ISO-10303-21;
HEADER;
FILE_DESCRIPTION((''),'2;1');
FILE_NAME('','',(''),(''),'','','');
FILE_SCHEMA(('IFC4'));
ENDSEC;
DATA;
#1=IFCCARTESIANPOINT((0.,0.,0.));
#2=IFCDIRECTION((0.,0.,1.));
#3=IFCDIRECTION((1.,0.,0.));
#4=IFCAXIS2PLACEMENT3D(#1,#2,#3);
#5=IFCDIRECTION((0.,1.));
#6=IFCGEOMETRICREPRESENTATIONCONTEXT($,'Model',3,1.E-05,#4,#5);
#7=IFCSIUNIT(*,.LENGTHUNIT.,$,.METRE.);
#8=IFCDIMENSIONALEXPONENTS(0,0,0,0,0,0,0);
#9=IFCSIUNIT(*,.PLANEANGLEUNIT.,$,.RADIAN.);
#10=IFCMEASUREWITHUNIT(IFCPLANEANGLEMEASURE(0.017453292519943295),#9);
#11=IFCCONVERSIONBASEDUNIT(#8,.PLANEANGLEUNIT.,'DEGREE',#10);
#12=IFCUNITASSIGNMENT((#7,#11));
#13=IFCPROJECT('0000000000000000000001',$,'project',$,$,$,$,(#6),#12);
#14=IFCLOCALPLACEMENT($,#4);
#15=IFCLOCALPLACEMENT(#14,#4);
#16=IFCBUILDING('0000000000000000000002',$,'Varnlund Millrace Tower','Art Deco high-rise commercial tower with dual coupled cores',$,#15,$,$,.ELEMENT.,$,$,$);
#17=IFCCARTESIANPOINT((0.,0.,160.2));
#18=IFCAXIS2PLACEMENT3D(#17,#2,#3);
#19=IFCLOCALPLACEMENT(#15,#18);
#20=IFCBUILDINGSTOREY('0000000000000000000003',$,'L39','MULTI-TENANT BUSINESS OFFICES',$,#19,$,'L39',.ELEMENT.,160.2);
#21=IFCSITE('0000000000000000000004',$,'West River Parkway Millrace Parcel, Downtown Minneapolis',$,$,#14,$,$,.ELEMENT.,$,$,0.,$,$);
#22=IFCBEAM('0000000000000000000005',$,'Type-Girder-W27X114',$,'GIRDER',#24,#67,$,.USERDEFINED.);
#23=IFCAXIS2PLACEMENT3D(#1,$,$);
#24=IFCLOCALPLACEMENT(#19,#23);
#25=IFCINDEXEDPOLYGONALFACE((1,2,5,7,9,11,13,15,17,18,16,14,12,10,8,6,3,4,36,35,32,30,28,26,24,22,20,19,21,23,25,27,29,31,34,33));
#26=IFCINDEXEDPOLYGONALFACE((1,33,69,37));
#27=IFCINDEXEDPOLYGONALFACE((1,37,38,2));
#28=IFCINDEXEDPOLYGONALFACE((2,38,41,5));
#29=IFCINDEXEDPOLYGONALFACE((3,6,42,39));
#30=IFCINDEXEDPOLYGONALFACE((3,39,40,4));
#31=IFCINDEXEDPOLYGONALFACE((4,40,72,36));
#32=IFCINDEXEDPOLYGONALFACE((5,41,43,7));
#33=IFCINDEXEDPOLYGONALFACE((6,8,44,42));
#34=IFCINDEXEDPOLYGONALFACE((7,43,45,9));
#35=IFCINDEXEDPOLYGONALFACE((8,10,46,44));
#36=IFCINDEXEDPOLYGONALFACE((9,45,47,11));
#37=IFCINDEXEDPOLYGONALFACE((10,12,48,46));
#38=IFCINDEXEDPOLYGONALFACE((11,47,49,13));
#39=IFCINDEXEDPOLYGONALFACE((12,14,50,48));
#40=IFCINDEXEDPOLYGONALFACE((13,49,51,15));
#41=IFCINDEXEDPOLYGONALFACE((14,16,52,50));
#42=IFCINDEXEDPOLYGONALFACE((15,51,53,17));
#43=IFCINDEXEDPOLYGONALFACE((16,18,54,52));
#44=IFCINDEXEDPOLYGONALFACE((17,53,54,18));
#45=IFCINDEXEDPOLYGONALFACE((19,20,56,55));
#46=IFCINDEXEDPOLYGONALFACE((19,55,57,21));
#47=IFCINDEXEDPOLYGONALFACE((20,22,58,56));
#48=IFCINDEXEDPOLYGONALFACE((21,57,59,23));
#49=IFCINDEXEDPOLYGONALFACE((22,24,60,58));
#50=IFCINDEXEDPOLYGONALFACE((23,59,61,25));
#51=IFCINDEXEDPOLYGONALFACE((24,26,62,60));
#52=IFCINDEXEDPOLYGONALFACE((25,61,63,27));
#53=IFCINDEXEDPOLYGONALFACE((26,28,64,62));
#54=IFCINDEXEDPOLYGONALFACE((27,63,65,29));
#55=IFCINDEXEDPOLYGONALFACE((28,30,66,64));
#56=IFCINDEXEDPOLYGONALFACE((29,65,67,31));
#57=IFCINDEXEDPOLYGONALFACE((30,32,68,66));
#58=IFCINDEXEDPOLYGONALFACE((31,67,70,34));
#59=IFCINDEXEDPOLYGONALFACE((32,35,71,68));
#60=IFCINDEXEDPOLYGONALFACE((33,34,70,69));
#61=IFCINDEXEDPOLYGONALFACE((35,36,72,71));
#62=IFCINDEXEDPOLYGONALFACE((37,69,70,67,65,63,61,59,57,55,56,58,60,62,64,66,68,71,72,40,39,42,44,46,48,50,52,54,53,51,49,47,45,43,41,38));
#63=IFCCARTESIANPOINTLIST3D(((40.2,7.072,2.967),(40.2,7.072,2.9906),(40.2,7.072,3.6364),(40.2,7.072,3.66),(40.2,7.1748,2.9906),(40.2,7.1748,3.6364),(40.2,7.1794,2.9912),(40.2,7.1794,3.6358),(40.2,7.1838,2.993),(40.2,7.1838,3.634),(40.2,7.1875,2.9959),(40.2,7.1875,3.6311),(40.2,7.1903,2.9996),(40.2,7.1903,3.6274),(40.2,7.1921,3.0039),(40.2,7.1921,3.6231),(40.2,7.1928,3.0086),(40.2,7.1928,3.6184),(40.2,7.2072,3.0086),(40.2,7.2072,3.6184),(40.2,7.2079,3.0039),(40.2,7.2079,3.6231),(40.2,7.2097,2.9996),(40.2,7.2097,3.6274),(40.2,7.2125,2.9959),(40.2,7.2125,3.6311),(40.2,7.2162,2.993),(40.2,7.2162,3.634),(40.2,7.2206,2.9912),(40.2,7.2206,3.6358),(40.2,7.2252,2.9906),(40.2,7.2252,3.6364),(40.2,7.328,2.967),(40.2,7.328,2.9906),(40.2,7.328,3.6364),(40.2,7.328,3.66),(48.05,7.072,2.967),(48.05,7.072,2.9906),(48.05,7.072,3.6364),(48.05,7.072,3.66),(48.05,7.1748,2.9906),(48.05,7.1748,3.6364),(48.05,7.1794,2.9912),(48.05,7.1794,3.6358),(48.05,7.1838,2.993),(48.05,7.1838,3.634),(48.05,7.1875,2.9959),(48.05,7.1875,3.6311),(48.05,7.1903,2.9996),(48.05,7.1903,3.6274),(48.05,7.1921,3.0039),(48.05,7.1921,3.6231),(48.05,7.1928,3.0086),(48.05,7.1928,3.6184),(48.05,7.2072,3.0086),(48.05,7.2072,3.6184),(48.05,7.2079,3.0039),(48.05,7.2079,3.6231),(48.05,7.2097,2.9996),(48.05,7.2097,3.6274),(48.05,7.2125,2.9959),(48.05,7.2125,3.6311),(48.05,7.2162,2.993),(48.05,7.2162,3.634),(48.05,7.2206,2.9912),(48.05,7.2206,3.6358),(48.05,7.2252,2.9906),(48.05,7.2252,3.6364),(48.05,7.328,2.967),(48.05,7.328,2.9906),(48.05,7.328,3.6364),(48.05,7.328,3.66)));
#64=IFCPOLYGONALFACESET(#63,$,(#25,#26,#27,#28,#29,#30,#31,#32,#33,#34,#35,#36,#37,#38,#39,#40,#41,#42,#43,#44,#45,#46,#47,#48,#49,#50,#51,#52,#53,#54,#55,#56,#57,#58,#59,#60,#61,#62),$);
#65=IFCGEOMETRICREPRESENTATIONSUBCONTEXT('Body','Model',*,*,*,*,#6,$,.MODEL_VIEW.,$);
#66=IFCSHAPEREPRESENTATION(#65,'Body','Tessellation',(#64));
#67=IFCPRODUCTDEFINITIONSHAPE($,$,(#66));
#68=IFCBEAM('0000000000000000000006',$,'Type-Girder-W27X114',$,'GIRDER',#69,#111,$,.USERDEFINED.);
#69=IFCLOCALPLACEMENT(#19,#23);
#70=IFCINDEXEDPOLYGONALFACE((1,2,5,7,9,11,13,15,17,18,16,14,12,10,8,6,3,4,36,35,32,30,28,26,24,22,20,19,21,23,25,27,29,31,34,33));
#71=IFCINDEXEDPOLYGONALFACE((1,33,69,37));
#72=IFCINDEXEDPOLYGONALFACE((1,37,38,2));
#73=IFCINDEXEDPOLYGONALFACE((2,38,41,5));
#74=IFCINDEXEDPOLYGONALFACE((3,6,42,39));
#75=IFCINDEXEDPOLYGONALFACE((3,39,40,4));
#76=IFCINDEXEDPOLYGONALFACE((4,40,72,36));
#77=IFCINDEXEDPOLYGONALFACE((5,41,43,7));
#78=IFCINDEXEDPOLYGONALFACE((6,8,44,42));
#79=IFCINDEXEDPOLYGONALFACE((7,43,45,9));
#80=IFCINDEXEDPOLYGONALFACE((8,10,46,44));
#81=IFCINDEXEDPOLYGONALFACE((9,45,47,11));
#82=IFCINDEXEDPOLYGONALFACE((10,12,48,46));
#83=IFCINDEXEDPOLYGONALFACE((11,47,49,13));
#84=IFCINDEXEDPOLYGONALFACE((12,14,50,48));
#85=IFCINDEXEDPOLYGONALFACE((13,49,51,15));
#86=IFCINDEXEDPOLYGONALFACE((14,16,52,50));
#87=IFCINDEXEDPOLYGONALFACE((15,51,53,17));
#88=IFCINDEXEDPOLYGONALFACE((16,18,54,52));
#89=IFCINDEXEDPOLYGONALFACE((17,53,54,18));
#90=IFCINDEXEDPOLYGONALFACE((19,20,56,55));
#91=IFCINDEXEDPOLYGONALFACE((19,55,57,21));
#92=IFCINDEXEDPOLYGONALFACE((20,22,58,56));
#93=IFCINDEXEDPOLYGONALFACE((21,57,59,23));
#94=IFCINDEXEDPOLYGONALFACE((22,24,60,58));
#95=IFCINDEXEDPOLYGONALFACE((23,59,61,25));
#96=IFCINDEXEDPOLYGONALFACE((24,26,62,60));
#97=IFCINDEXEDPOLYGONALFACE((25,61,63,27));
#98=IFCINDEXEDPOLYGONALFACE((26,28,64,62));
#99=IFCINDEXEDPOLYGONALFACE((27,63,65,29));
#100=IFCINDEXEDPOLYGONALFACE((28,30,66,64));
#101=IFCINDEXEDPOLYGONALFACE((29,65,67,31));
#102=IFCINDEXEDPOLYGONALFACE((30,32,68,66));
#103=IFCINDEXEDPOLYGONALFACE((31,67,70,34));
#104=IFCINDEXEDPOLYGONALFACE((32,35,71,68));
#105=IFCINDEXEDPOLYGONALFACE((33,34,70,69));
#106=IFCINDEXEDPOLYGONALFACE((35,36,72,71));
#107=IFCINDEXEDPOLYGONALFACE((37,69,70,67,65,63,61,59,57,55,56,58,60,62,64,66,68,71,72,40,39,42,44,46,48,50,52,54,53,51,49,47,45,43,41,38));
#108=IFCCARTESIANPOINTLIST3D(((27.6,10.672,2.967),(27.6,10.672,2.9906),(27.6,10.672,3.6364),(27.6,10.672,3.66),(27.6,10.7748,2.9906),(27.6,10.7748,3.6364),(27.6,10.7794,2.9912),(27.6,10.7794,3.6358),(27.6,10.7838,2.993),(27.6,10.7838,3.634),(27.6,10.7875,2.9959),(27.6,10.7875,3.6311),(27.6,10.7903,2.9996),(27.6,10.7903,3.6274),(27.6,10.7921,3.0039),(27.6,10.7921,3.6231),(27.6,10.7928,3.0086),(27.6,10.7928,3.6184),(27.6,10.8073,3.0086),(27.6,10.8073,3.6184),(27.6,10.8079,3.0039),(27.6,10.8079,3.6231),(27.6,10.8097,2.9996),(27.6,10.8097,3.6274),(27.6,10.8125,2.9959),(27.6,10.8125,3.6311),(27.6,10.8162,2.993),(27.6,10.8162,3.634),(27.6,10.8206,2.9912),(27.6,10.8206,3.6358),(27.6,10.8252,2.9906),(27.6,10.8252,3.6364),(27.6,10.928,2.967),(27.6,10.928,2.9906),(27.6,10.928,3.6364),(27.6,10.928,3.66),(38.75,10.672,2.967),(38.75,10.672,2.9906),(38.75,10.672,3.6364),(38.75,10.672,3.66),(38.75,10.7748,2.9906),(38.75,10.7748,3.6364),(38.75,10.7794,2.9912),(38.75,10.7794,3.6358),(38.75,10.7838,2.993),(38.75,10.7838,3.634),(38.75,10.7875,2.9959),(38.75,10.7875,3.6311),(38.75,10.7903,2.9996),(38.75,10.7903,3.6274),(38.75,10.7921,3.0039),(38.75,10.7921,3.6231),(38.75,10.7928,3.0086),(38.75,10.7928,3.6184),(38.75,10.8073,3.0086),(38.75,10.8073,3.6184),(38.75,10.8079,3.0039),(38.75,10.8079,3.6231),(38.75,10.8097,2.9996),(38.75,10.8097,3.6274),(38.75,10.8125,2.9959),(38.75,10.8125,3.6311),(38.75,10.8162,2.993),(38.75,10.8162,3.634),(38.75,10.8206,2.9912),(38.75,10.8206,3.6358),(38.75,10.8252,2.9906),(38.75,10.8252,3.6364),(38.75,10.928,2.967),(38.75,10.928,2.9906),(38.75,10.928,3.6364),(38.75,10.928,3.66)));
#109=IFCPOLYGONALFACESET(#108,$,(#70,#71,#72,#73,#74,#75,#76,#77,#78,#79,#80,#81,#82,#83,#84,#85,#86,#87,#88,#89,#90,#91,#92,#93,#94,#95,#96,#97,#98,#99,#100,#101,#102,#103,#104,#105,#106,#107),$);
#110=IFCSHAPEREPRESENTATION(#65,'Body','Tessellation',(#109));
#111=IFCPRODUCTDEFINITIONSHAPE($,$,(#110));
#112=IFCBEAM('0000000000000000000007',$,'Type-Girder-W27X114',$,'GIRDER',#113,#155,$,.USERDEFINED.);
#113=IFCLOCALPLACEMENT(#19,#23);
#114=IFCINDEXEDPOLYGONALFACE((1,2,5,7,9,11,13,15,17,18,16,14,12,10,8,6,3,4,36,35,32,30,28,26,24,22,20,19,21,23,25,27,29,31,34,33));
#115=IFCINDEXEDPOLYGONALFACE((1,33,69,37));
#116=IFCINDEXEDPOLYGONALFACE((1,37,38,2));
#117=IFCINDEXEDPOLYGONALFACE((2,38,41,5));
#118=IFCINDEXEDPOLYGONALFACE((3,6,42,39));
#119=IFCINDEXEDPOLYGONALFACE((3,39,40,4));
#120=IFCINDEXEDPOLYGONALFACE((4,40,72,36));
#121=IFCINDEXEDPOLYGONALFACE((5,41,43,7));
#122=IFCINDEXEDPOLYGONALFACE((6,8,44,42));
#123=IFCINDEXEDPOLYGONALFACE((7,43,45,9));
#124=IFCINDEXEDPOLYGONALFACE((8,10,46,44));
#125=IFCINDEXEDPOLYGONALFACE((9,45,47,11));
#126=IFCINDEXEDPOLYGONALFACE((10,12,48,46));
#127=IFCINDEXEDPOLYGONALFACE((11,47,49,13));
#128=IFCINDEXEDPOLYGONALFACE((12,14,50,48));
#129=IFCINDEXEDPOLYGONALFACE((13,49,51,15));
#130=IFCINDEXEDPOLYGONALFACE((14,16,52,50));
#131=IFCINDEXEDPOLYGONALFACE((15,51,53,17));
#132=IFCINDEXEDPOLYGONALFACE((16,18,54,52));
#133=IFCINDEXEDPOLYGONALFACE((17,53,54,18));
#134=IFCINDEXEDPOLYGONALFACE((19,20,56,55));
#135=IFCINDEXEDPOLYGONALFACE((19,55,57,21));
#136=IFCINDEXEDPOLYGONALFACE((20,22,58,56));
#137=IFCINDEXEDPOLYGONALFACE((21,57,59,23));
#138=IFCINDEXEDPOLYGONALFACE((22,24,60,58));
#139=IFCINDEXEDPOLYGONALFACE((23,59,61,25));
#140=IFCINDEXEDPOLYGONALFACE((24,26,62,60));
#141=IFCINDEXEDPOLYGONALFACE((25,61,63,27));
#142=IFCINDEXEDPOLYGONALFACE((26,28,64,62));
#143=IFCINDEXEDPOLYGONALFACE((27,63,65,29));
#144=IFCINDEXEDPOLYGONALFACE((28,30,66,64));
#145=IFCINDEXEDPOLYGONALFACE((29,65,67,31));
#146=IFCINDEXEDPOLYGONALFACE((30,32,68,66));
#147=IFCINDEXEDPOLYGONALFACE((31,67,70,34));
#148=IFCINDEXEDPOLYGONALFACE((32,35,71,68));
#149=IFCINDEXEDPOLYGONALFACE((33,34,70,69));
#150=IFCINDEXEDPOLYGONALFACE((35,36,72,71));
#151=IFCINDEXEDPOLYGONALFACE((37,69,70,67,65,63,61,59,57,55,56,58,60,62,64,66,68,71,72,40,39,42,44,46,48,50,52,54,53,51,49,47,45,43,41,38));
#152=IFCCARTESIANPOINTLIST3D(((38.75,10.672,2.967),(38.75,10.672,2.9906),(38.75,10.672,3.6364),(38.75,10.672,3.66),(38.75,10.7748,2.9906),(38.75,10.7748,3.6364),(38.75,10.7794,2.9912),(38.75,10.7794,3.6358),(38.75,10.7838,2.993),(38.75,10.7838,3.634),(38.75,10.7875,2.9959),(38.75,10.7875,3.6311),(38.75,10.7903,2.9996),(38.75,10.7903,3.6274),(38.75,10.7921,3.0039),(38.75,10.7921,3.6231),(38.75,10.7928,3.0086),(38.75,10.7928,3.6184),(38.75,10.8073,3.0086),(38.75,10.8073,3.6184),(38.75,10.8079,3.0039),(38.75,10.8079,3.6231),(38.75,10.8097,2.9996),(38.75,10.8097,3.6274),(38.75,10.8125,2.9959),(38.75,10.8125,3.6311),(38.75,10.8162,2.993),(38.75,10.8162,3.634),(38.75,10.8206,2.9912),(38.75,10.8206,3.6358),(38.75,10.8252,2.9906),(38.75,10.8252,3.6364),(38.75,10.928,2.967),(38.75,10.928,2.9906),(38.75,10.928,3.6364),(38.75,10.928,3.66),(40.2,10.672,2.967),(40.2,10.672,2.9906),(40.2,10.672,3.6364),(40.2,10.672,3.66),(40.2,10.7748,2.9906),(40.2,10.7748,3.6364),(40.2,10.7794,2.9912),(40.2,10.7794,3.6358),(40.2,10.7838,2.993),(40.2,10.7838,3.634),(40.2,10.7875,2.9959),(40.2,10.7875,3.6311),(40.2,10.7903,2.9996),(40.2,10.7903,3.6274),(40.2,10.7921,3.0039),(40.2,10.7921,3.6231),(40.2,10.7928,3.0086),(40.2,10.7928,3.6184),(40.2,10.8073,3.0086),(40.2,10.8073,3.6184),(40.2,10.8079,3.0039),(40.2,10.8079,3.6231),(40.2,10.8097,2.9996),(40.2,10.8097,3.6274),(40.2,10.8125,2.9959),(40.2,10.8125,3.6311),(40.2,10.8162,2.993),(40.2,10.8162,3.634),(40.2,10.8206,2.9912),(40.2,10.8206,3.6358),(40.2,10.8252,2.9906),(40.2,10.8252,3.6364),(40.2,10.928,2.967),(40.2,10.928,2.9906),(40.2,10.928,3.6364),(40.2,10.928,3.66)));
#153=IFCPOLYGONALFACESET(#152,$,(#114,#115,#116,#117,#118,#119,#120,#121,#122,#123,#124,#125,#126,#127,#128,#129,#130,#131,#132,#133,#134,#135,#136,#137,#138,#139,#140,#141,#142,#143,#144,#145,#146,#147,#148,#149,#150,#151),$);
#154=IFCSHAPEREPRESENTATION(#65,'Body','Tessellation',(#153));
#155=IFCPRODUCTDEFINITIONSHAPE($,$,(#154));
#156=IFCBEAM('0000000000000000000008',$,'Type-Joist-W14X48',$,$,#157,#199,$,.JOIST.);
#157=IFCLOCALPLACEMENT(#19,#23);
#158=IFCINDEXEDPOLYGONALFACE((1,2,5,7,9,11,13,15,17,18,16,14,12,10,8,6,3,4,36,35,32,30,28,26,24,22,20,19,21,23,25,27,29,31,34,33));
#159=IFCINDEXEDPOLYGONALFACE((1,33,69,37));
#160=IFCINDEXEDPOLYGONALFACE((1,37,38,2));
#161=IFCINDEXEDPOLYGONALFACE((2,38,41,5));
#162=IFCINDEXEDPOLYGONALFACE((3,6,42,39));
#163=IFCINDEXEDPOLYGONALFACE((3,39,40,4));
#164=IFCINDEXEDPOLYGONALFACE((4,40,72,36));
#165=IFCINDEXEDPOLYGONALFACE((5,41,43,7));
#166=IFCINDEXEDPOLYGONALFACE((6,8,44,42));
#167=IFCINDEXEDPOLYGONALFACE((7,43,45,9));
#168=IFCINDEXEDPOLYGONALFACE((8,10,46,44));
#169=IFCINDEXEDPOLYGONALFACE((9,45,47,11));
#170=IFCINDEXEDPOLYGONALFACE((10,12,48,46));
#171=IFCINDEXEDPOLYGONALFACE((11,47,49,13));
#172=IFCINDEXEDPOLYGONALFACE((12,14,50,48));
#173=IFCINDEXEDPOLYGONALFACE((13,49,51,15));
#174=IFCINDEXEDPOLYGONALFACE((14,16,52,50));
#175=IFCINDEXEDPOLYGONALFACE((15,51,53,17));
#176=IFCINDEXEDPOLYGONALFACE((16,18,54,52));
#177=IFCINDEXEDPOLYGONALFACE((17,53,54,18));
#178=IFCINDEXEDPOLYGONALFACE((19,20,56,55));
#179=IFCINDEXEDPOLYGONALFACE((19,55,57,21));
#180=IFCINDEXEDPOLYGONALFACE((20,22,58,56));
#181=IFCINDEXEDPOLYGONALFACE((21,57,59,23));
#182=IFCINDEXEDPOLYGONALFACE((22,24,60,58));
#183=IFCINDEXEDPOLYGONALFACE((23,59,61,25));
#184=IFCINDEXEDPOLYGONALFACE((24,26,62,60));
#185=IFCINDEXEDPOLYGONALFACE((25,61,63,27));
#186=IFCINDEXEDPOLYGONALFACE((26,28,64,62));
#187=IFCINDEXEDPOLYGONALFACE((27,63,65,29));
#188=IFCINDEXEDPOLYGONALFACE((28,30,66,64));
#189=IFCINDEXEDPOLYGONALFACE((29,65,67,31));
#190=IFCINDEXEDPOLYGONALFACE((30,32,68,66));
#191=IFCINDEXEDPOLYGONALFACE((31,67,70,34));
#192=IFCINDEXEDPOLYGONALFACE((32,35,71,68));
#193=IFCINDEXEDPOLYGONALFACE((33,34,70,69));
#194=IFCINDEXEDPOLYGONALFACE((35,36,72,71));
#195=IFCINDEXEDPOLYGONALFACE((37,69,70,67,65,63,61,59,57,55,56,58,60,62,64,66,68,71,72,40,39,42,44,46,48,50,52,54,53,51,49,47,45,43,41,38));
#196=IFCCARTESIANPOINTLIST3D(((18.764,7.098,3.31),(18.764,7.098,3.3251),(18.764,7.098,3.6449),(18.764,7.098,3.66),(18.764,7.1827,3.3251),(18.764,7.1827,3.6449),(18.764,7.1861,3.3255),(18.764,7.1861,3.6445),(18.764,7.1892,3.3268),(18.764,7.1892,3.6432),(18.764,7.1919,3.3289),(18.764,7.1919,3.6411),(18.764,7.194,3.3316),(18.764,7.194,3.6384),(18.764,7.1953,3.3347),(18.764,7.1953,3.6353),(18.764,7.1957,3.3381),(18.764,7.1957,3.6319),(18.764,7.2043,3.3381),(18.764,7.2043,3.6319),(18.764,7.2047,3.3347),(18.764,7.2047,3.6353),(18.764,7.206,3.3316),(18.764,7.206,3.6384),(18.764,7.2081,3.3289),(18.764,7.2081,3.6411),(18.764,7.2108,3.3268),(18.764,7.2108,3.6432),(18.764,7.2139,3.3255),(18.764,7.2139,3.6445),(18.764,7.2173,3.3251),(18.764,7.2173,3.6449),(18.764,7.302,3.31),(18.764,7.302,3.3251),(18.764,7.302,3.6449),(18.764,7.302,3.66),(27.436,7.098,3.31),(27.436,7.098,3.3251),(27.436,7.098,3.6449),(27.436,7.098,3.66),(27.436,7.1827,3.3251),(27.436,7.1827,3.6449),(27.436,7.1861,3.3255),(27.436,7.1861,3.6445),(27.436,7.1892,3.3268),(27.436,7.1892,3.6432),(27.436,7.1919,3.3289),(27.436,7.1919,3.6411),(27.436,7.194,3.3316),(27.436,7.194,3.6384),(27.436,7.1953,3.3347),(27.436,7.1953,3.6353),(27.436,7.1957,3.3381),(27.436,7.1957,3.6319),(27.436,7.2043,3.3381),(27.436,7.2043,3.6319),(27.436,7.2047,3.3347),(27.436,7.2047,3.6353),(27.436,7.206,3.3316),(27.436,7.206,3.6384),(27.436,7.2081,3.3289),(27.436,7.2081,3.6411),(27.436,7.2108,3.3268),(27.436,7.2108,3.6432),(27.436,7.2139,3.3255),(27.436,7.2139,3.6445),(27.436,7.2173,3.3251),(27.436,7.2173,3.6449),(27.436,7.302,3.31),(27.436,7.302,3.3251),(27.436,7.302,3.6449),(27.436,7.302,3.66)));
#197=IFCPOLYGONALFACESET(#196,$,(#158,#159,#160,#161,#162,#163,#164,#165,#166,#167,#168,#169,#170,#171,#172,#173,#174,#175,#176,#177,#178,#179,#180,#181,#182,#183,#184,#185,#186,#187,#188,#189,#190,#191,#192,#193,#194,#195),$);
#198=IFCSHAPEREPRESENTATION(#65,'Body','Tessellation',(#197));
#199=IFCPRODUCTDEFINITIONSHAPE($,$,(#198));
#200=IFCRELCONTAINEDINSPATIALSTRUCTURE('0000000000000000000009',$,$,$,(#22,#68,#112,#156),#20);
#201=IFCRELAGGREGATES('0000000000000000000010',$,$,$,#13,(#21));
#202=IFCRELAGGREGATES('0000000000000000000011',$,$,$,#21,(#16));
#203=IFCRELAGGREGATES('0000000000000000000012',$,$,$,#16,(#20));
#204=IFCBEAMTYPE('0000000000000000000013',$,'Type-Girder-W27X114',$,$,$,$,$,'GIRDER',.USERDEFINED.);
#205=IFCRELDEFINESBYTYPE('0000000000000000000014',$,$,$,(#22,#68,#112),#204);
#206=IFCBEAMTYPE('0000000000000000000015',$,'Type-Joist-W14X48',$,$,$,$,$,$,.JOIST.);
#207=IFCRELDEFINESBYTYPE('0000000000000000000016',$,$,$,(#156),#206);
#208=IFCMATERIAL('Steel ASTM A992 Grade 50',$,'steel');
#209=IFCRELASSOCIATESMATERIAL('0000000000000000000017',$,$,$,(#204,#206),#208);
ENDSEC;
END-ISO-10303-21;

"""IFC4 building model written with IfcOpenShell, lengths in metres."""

from ifc_helpers import new_model, entity, si_unit, converted_unit, direction, frame, origin_with_axes, origin_2d_with_axis, place, context, subcontext, project, spatial, i_section, extrude, material, material_profile, profile_set, type_object, element, save


model = new_model("IFC4")

# Units and contexts
model_context = context("Model", 3, precision=1e-05, world=origin_with_axes(), true_north=direction((0.0, 1.0)))
body_context = subcontext(model_context, "Body", "Model", "MODEL_VIEW")
ifc_project = project(units=[si_unit("LENGTHUNIT", "METRE"), converted_unit("PLANEANGLEUNIT", "DEGREE", entity("IfcPlaneAngleMeasure", 0.017453292519943295), si_unit("PLANEANGLEUNIT", "RADIAN"), dimensions=[0, 0, 0, 0, 0, 0, 0])], contexts=[model_context])

# Site, building, storey
site_placement = place(None, origin_with_axes())
site = spatial("IfcSite", under=ifc_project, at=site_placement, Name="West River Parkway Millrace Parcel, Downtown Minneapolis", CompositionType="ELEMENT", RefElevation=0.0)
building_placement = place(site_placement, origin_with_axes())
building = spatial("IfcBuilding", under=site, at=building_placement, Name="Varnlund Millrace Tower", Description="Art Deco high-rise commercial tower with dual coupled cores", CompositionType="ELEMENT")
storey_placement = place(building_placement, frame((0.0, 0.0, 160.2), z_axis=(0.0, 0.0, 1.0), x_axis=(1.0, 0.0, 0.0)))
storey = spatial("IfcBuildingStorey", under=building, at=storey_placement, Name="L39", Description="MULTI-TENANT BUSINESS OFFICES", LongName="L39", CompositionType="ELEMENT", Elevation=160.2)

# Beams
ifc_material_1 = material(Name="Steel ASTM A992 Grade 50", Category="steel")
ifc_material_profile_1 = material_profile(ifc_material_1, i_section(OverallWidth=0.256, OverallDepth=0.693, WebThickness=0.0145, FlangeThickness=0.0236, FilletRadius=0.018, at=origin_2d_with_axis()), Name="Steel ASTM A992 Grade 50")
ifc_profile_set_1 = profile_set([ifc_material_profile_1], Name="Steel ASTM A992 Grade 50")
beam_type_1 = type_object("IfcBeamType", Name="Type-Girder-W27X114", ElementType="GIRDER", PredefinedType="USERDEFINED", material=ifc_profile_set_1)
beam_1_placement = place(storey_placement, frame((40.2, 7.2, 3.3135), z_axis=(1.0, 0.0, 0.0), x_axis=(0.0, 1.0, 0.0)))
element("IfcBeam", 1, at=beam_1_placement, inside=storey, type_object=beam_type_1, Name="Type-Girder-W27X114", ObjectType="GIRDER", PredefinedType="USERDEFINED", context=body_context, shape_type="SweptSolid", body=[
    extrude(i_section(OverallWidth=0.256, OverallDepth=0.693, WebThickness=0.0145, FlangeThickness=0.0236, FilletRadius=0.018, at=origin_2d_with_axis()), origin_with_axes(), (0.0, 0.0, 1.0), 7.85),
])
beam_2_placement = place(storey_placement, frame((27.6, 10.8, 3.3135), z_axis=(1.0, 0.0, 0.0), x_axis=(0.0, 1.0, 0.0)))
element("IfcBeam", 2, at=beam_2_placement, inside=storey, type_object=beam_type_1, Name="Type-Girder-W27X114", ObjectType="GIRDER", PredefinedType="USERDEFINED", context=body_context, shape_type="SweptSolid", body=[
    extrude(i_section(OverallWidth=0.256, OverallDepth=0.693, WebThickness=0.0145, FlangeThickness=0.0236, FilletRadius=0.018, at=origin_2d_with_axis()), origin_with_axes(), (0.0, 0.0, 1.0), 11.15),
])
beam_3_placement = place(storey_placement, frame((38.75, 10.8, 3.3135), z_axis=(1.0, 0.0, 0.0), x_axis=(0.0, 1.0, 0.0)))
element("IfcBeam", 3, at=beam_3_placement, inside=storey, type_object=beam_type_1, Name="Type-Girder-W27X114", ObjectType="GIRDER", PredefinedType="USERDEFINED", context=body_context, shape_type="SweptSolid", body=[
    extrude(i_section(OverallWidth=0.256, OverallDepth=0.693, WebThickness=0.0145, FlangeThickness=0.0236, FilletRadius=0.018, at=origin_2d_with_axis()), origin_with_axes(), (0.0, 0.0, 1.0), 1.45),
])
ifc_material_profile_2 = material_profile(ifc_material_1, i_section(OverallWidth=0.204, OverallDepth=0.35, WebThickness=0.0086, FlangeThickness=0.0151, FilletRadius=0.013, at=origin_2d_with_axis()), Name="Steel ASTM A992 Grade 50")
ifc_profile_set_2 = profile_set([ifc_material_profile_2], Name="Steel ASTM A992 Grade 50")
beam_type_2 = type_object("IfcBeamType", Name="Type-Joist-W14X48", PredefinedType="JOIST", material=ifc_profile_set_2)
for number, where, z_axis, x_axis, name in (
    (4, (18.764, 7.2, 3.485), (1.0, 0.0, 0.0), (0.0, 1.0, 0.0), "Type-Joist-W14X48"),
):
    element("IfcBeam", number, at=place(storey_placement, frame(where, z_axis=z_axis, x_axis=x_axis)), inside=storey, type_object=beam_type_2, Name=name, PredefinedType="JOIST", context=body_context, shape_type="SweptSolid", body=[
        extrude(i_section(OverallWidth=0.204, OverallDepth=0.35, WebThickness=0.0086, FlangeThickness=0.0151, FilletRadius=0.013, at=origin_2d_with_axis()), origin_with_axes(), (0.0, 0.0, 1.0), 8.672),
    ])

save(model, "model.ifc")
